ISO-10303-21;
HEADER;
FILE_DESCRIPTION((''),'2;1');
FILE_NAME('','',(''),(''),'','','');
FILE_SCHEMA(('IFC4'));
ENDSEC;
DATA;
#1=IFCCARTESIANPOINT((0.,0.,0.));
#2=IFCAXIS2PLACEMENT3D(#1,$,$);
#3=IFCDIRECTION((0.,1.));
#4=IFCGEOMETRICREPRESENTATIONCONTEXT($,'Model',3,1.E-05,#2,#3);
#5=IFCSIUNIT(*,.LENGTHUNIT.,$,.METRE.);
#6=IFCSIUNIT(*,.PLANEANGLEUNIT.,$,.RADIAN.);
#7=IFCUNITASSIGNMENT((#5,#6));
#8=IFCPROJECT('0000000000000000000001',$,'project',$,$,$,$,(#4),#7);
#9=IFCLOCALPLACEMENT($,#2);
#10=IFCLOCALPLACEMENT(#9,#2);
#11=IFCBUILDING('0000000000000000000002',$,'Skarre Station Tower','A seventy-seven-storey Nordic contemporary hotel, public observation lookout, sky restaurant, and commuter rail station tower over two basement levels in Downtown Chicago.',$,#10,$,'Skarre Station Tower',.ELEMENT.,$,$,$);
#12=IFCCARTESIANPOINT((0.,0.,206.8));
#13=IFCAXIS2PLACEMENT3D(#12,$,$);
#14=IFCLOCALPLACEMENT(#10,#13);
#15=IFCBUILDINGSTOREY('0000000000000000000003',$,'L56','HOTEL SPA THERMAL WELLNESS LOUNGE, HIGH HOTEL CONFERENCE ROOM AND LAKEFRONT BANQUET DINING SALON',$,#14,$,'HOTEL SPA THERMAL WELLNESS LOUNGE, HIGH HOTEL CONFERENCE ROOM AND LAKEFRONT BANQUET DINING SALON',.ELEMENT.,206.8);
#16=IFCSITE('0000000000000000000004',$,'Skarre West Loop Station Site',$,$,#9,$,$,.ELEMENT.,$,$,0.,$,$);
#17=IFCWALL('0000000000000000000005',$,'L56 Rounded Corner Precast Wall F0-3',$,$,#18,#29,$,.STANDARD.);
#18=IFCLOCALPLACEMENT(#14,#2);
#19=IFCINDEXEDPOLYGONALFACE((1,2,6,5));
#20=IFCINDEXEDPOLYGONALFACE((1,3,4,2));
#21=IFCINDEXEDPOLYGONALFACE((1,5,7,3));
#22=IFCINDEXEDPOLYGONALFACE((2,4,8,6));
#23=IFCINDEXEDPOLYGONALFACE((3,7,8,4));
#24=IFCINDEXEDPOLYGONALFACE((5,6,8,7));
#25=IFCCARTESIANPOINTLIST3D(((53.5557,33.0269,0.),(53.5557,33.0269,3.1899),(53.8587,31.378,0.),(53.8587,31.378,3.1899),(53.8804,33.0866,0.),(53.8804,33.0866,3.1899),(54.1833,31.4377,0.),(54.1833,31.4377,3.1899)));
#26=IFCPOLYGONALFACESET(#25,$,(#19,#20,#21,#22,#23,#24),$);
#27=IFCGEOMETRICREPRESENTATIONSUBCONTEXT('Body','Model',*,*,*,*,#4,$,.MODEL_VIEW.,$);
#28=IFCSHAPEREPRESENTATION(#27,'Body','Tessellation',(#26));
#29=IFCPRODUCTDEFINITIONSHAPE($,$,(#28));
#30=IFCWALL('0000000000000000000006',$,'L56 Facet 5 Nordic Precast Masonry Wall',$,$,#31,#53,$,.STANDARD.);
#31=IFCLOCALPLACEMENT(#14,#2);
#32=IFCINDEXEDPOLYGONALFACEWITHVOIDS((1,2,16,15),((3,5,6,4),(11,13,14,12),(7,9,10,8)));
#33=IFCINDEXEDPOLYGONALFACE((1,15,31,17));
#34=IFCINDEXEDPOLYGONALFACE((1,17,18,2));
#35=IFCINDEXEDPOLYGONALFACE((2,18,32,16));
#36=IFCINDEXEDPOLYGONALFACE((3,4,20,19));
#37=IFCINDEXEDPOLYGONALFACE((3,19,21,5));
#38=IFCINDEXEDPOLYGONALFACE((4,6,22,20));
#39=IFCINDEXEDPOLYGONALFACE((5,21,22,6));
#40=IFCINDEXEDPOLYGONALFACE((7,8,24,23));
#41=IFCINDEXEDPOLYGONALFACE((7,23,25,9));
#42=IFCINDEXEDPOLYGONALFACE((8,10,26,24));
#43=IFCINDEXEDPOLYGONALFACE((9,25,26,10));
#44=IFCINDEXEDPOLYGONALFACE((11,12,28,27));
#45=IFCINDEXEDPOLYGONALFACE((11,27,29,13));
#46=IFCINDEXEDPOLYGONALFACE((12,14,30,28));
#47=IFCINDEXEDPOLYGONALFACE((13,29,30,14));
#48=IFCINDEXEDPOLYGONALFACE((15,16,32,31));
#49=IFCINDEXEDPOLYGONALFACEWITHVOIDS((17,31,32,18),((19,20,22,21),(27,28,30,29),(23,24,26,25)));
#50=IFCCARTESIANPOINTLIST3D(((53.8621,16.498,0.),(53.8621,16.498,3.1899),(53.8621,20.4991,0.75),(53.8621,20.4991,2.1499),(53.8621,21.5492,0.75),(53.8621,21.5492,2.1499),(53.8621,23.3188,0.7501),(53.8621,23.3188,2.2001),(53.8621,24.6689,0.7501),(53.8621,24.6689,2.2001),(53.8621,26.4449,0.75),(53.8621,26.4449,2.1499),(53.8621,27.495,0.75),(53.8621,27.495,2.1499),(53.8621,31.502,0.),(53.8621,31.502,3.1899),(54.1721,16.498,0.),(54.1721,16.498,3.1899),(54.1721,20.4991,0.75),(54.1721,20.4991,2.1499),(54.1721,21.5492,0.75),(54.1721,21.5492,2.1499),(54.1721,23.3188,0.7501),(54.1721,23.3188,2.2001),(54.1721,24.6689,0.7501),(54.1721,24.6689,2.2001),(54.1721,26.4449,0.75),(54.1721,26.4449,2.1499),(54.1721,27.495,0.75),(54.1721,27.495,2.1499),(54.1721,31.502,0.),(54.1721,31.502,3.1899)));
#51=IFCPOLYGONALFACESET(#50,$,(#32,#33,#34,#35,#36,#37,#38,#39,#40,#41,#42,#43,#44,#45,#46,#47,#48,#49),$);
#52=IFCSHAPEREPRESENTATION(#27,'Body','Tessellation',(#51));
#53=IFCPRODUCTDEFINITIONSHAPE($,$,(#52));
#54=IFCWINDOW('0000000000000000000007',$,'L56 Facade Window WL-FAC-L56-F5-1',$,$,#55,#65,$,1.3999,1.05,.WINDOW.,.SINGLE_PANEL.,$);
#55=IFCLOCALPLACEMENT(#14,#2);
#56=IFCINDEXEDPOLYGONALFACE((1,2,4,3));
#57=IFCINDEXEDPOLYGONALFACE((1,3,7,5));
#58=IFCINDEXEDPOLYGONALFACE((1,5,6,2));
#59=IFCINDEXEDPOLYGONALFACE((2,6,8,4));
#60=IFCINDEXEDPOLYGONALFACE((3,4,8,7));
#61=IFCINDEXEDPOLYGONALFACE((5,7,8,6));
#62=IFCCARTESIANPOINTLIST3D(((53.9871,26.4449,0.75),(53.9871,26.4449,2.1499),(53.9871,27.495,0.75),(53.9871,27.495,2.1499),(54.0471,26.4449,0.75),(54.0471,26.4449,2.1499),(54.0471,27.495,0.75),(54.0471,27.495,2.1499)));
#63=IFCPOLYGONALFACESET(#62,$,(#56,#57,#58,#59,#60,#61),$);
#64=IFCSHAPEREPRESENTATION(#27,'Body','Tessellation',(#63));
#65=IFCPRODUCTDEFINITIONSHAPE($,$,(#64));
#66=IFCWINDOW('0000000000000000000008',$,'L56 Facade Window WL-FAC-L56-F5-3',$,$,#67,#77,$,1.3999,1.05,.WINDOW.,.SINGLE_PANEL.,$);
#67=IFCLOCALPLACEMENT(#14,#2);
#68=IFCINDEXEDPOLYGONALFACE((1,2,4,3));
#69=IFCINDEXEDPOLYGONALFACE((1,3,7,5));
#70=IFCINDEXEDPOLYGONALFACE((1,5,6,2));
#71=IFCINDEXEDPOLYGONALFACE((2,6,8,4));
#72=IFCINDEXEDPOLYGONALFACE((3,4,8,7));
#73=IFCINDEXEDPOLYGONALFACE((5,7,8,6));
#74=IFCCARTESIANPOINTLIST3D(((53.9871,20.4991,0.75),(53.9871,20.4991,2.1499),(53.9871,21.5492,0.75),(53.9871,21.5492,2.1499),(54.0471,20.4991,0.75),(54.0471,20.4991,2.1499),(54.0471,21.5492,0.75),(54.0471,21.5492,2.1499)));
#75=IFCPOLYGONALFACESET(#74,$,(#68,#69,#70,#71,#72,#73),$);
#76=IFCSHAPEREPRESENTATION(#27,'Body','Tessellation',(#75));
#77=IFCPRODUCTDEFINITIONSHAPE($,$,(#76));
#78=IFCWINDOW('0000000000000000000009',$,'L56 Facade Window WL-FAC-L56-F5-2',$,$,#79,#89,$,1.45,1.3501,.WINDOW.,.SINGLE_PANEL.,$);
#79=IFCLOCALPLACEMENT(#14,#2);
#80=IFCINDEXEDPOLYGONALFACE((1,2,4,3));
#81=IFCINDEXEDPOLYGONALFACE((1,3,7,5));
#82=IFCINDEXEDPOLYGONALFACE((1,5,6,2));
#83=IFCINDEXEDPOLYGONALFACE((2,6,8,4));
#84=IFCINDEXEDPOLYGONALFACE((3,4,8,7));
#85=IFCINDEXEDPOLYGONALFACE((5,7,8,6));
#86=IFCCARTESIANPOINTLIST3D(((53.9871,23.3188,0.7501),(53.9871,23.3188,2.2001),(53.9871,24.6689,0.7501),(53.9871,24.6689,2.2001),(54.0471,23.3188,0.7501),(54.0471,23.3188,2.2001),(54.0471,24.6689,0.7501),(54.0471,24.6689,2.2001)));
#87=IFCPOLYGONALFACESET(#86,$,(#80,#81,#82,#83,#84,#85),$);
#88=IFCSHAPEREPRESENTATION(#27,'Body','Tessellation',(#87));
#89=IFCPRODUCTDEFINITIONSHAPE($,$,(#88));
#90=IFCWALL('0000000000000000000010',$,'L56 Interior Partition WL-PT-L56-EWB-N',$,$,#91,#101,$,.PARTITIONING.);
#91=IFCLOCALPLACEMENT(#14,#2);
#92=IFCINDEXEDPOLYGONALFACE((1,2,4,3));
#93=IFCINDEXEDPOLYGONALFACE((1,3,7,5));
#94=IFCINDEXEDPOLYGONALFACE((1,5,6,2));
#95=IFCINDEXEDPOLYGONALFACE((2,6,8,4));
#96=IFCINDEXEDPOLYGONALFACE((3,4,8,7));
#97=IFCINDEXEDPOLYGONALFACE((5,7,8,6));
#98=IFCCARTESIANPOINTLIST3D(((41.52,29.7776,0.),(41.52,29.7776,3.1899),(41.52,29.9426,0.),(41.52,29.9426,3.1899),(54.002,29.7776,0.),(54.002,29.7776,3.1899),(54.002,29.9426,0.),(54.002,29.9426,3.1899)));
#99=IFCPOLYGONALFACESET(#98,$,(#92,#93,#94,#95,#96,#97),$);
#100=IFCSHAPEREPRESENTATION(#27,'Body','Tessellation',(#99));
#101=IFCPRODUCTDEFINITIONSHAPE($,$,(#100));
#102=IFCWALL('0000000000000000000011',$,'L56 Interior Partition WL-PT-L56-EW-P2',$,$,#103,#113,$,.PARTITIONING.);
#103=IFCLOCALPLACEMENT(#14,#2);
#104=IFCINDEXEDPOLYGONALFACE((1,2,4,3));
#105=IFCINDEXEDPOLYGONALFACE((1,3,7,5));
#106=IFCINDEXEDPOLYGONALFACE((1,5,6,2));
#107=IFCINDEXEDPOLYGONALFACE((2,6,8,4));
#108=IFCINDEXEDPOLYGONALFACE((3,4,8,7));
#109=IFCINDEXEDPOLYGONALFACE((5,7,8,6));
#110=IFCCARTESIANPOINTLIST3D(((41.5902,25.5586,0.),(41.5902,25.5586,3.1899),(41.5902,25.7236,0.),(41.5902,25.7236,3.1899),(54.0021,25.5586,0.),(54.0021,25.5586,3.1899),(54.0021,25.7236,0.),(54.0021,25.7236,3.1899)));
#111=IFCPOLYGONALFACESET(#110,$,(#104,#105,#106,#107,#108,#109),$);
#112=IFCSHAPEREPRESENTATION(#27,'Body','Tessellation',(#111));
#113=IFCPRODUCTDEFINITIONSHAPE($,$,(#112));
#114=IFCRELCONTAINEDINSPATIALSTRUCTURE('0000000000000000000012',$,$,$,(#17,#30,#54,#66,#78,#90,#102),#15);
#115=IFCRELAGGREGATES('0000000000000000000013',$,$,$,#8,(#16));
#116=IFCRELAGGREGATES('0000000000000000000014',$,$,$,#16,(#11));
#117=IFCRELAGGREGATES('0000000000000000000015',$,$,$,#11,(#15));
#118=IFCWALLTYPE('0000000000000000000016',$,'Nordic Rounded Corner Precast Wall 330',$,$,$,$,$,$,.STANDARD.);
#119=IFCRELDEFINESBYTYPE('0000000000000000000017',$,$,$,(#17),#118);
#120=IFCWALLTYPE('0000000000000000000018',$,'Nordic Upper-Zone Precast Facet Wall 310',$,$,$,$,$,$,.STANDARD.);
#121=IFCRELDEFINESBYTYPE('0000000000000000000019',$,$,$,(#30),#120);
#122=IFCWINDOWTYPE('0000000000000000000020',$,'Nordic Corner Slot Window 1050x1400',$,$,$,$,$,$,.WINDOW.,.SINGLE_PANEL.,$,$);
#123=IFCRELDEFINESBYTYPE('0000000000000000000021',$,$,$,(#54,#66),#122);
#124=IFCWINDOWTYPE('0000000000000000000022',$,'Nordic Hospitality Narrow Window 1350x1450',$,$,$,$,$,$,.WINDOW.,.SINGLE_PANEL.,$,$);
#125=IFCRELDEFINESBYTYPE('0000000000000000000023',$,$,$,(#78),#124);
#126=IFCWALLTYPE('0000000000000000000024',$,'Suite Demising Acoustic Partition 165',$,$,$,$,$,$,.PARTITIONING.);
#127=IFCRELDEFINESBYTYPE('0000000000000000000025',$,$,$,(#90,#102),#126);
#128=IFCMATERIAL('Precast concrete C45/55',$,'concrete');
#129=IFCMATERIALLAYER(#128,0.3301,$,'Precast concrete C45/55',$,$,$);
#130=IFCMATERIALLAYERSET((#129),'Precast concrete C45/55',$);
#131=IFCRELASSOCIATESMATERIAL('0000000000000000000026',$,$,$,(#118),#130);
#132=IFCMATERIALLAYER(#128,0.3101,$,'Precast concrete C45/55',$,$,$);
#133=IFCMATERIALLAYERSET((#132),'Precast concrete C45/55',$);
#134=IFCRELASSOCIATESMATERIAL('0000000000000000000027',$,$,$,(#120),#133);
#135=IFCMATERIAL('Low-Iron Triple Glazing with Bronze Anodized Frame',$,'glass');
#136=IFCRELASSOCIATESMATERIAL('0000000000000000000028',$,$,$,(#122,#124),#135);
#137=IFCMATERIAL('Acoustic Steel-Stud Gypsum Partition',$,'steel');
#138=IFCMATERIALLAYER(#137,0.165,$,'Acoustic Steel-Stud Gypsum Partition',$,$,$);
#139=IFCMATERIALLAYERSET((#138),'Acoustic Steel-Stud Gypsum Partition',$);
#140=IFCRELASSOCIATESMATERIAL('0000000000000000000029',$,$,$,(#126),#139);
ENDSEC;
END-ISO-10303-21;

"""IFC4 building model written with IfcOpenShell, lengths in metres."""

from ifc_helpers import new_model, si_unit, direction, frame, frame_2d, origin, place, context, subcontext, project, spatial, rectangle, extrude, material, layer, layer_set, type_object, element, fill, save


model = new_model("IFC4")

# Units and contexts
model_context = context("Model", 3, precision=1e-05, world=origin(), true_north=direction((0.0, 1.0)))
body_context = subcontext(model_context, "Body", "Model", "MODEL_VIEW")
ifc_project = project(units=[si_unit("LENGTHUNIT", "METRE"), si_unit("PLANEANGLEUNIT", "RADIAN")], contexts=[model_context])

# Site, building, storey
site_placement = place(None, origin())
site = spatial("IfcSite", under=ifc_project, at=site_placement, Name="Skarre West Loop Station Site", CompositionType="ELEMENT", RefElevation=0.0)
building_placement = place(site_placement, origin())
building = spatial("IfcBuilding", under=site, at=building_placement, Name="Skarre Station Tower", Description="A seventy-seven-storey Nordic contemporary hotel, public observation lookout, sky restaurant, and commuter rail station tower over two basement levels in Downtown Chicago.", LongName="Skarre Station Tower", CompositionType="ELEMENT")
storey_placement = place(building_placement, frame((0.0, 0.0, 206.8)))
storey = spatial("IfcBuildingStorey", under=building, at=storey_placement, Name="L56", Description="HOTEL SPA THERMAL WELLNESS LOUNGE, HIGH HOTEL CONFERENCE ROOM AND LAKEFRONT BANQUET DINING SALON", LongName="HOTEL SPA THERMAL WELLNESS LOUNGE, HIGH HOTEL CONFERENCE ROOM AND LAKEFRONT BANQUET DINING SALON", CompositionType="ELEMENT", Elevation=206.8)

# Shared definitions
ifc_material_1 = material(Name="Acoustic Steel-Stud Gypsum Partition", Category="steel")

# Wall
ifc_material_2 = material(Name="Precast concrete C45/55", Category="concrete")
ifc_layer_1 = layer(ifc_material_2, 0.3301, Name="Precast concrete C45/55")
ifc_layer_set_1 = layer_set([ifc_layer_1], Name="Precast concrete C45/55")
wall_type_1 = type_object("IfcWallType", Name="Nordic Rounded Corner Precast Wall 330", PredefinedType="STANDARD", material=ifc_layer_set_1)
wall_1_placement = place(storey_placement, frame((53.718, 33.0569, 0.0), z_axis=(0.0, 0.0, 1.0), x_axis=(0.180718, -0.983535, 0.0)))
element("IfcWall", 1, at=wall_1_placement, inside=storey, type_object=wall_type_1, Name="L56 Rounded Corner Precast Wall F0-3", PredefinedType="STANDARD", context=body_context, shape_type="SweptSolid", body=[
    extrude(rectangle(XDim=1.6765, YDim=0.3301, at=frame_2d((0.8384, 0.0))), origin(), (0.0, 0.0, 1.0), 3.1899),
])

# Wall, openings, windows
ifc_layer_2 = layer(ifc_material_2, 0.3101, Name="Precast concrete C45/55")
ifc_layer_set_2 = layer_set([ifc_layer_2], Name="Precast concrete C45/55")
wall_type_2 = type_object("IfcWallType", Name="Nordic Upper-Zone Precast Facet Wall 310", PredefinedType="STANDARD", material=ifc_layer_set_2)
wall_2_placement = place(storey_placement, frame((54.0171, 31.502, 0.0), z_axis=(0.0, 0.0, 1.0), x_axis=(0.0, -1.0, 0.0)))
wall_2 = element("IfcWall", 2, at=wall_2_placement, inside=storey, type_object=wall_type_2, Name="L56 Facet 5 Nordic Precast Masonry Wall", PredefinedType="STANDARD", context=body_context, shape_type="SweptSolid", body=[
    extrude(rectangle(XDim=15.0039, YDim=0.3101, at=frame_2d((7.502, 0.0))), origin(), (0.0, 0.0, 1.0), 3.1899),
])
opening_1_placement = place(wall_2_placement, frame((4.0071, 0.0, 0.75)))
opening_1 = element("IfcOpeningElement", 3, at=opening_1_placement, cuts=wall_2, PredefinedType="OPENING", context=body_context, shape_type="SweptSolid", body=[
    extrude(rectangle(XDim=1.05, YDim=1.3999, at=frame_2d((0.5249, 0.7))), frame((0.0, 0.165, 0.0), z_axis=(0.0, -1.0, 0.0), x_axis=(1.0, 0.0, 0.0)), (0.0, 0.0, 1.0), 0.3301),
])
opening_2_placement = place(wall_2_placement, frame((6.833, 0.0, 0.75)))
opening_2 = element("IfcOpeningElement", 4, at=opening_2_placement, cuts=wall_2, PredefinedType="OPENING", context=body_context, shape_type="SweptSolid", body=[
    extrude(rectangle(XDim=1.3501, YDim=1.45, at=frame_2d((0.675, 0.7251))), frame((0.0, 0.165, 0.0), z_axis=(0.0, -1.0, 0.0), x_axis=(1.0, 0.0, 0.0)), (0.0, 0.0, 1.0), 0.3301),
])
opening_3_placement = place(wall_2_placement, frame((9.9529, 0.0, 0.75)))
opening_3 = element("IfcOpeningElement", 5, at=opening_3_placement, cuts=wall_2, PredefinedType="OPENING", context=body_context, shape_type="SweptSolid", body=[
    extrude(rectangle(XDim=1.05, YDim=1.3999, at=frame_2d((0.5249, 0.7))), frame((0.0, 0.165, 0.0), z_axis=(0.0, -1.0, 0.0), x_axis=(1.0, 0.0, 0.0)), (0.0, 0.0, 1.0), 0.3301),
])
ifc_material_3 = material(Name="Low-Iron Triple Glazing with Bronze Anodized Frame", Category="glass")
window_type_1 = type_object("IfcWindowType", Name="Nordic Corner Slot Window 1050x1400", PartitioningType="SINGLE_PANEL", PredefinedType="WINDOW", material=ifc_material_3)
window_1_placement = place(opening_1_placement, origin())
window_1 = element("IfcWindow", 6, at=window_1_placement, inside=storey, type_object=window_type_1, Name="L56 Facade Window WL-FAC-L56-F5-1", OverallHeight=1.3999, OverallWidth=1.05, PartitioningType="SINGLE_PANEL", PredefinedType="WINDOW", context=body_context, shape_type="SweptSolid", body=[
    extrude(rectangle(XDim=1.05, YDim=1.3999, at=frame_2d((0.5249, 0.7))), frame((0.0, 0.03, 0.0), z_axis=(0.0, -1.0, 0.0), x_axis=(1.0, 0.0, 0.0)), (0.0, 0.0, 1.0), 0.0601),
])
fill(opening_1, window_1)
window_2_placement = place(opening_3_placement, origin())
window_2 = element("IfcWindow", 7, at=window_2_placement, inside=storey, type_object=window_type_1, Name="L56 Facade Window WL-FAC-L56-F5-3", OverallHeight=1.3999, OverallWidth=1.05, PartitioningType="SINGLE_PANEL", PredefinedType="WINDOW", context=body_context, shape_type="SweptSolid", body=[
    extrude(rectangle(XDim=1.05, YDim=1.3999, at=frame_2d((0.5249, 0.7))), frame((0.0, 0.03, 0.0), z_axis=(0.0, -1.0, 0.0), x_axis=(1.0, 0.0, 0.0)), (0.0, 0.0, 1.0), 0.0601),
])
fill(opening_3, window_2)
window_type_2 = type_object("IfcWindowType", Name="Nordic Hospitality Narrow Window 1350x1450", PartitioningType="SINGLE_PANEL", PredefinedType="WINDOW", material=ifc_material_3)
window_3_placement = place(opening_2_placement, origin())
window_3 = element("IfcWindow", 8, at=window_3_placement, inside=storey, type_object=window_type_2, Name="L56 Facade Window WL-FAC-L56-F5-2", OverallHeight=1.45, OverallWidth=1.3501, PartitioningType="SINGLE_PANEL", PredefinedType="WINDOW", context=body_context, shape_type="SweptSolid", body=[
    extrude(rectangle(XDim=1.3501, YDim=1.45, at=frame_2d((0.675, 0.7251))), frame((0.0, 0.03, 0.0), z_axis=(0.0, -1.0, 0.0), x_axis=(1.0, 0.0, 0.0)), (0.0, 0.0, 1.0), 0.0601),
])
fill(opening_2, window_3)

# Walls
ifc_layer_3 = layer(ifc_material_1, 0.165, Name="Acoustic Steel-Stud Gypsum Partition")
ifc_layer_set_3 = layer_set([ifc_layer_3], Name="Acoustic Steel-Stud Gypsum Partition")
wall_type_3 = type_object("IfcWallType", Name="Suite Demising Acoustic Partition 165", PredefinedType="PARTITIONING", material=ifc_layer_set_3)
wall_3_placement = place(storey_placement, frame((41.52, 29.8601, 0.0), z_axis=(0.0, 0.0, 1.0), x_axis=(1.0, 0.0, 0.0)))
element("IfcWall", 9, at=wall_3_placement, inside=storey, type_object=wall_type_3, Name="L56 Interior Partition WL-PT-L56-EWB-N", PredefinedType="PARTITIONING", context=body_context, shape_type="SweptSolid", body=[
    extrude(rectangle(XDim=12.4819, YDim=0.165, at=frame_2d((6.241, 0.0))), origin(), (0.0, 0.0, 1.0), 3.1899),
])
wall_4_placement = place(storey_placement, frame((41.5901, 25.6411, 0.0), z_axis=(0.0, 0.0, 1.0), x_axis=(1.0, 0.0, 0.0)))
element("IfcWall", 10, at=wall_4_placement, inside=storey, type_object=wall_type_3, Name="L56 Interior Partition WL-PT-L56-EW-P2", PredefinedType="PARTITIONING", context=body_context, shape_type="SweptSolid", body=[
    extrude(rectangle(XDim=12.4119, YDim=0.165, at=frame_2d((6.2061, 0.0))), origin(), (0.0, 0.0, 1.0), 3.1899),
])

save(model, "model.ifc")
